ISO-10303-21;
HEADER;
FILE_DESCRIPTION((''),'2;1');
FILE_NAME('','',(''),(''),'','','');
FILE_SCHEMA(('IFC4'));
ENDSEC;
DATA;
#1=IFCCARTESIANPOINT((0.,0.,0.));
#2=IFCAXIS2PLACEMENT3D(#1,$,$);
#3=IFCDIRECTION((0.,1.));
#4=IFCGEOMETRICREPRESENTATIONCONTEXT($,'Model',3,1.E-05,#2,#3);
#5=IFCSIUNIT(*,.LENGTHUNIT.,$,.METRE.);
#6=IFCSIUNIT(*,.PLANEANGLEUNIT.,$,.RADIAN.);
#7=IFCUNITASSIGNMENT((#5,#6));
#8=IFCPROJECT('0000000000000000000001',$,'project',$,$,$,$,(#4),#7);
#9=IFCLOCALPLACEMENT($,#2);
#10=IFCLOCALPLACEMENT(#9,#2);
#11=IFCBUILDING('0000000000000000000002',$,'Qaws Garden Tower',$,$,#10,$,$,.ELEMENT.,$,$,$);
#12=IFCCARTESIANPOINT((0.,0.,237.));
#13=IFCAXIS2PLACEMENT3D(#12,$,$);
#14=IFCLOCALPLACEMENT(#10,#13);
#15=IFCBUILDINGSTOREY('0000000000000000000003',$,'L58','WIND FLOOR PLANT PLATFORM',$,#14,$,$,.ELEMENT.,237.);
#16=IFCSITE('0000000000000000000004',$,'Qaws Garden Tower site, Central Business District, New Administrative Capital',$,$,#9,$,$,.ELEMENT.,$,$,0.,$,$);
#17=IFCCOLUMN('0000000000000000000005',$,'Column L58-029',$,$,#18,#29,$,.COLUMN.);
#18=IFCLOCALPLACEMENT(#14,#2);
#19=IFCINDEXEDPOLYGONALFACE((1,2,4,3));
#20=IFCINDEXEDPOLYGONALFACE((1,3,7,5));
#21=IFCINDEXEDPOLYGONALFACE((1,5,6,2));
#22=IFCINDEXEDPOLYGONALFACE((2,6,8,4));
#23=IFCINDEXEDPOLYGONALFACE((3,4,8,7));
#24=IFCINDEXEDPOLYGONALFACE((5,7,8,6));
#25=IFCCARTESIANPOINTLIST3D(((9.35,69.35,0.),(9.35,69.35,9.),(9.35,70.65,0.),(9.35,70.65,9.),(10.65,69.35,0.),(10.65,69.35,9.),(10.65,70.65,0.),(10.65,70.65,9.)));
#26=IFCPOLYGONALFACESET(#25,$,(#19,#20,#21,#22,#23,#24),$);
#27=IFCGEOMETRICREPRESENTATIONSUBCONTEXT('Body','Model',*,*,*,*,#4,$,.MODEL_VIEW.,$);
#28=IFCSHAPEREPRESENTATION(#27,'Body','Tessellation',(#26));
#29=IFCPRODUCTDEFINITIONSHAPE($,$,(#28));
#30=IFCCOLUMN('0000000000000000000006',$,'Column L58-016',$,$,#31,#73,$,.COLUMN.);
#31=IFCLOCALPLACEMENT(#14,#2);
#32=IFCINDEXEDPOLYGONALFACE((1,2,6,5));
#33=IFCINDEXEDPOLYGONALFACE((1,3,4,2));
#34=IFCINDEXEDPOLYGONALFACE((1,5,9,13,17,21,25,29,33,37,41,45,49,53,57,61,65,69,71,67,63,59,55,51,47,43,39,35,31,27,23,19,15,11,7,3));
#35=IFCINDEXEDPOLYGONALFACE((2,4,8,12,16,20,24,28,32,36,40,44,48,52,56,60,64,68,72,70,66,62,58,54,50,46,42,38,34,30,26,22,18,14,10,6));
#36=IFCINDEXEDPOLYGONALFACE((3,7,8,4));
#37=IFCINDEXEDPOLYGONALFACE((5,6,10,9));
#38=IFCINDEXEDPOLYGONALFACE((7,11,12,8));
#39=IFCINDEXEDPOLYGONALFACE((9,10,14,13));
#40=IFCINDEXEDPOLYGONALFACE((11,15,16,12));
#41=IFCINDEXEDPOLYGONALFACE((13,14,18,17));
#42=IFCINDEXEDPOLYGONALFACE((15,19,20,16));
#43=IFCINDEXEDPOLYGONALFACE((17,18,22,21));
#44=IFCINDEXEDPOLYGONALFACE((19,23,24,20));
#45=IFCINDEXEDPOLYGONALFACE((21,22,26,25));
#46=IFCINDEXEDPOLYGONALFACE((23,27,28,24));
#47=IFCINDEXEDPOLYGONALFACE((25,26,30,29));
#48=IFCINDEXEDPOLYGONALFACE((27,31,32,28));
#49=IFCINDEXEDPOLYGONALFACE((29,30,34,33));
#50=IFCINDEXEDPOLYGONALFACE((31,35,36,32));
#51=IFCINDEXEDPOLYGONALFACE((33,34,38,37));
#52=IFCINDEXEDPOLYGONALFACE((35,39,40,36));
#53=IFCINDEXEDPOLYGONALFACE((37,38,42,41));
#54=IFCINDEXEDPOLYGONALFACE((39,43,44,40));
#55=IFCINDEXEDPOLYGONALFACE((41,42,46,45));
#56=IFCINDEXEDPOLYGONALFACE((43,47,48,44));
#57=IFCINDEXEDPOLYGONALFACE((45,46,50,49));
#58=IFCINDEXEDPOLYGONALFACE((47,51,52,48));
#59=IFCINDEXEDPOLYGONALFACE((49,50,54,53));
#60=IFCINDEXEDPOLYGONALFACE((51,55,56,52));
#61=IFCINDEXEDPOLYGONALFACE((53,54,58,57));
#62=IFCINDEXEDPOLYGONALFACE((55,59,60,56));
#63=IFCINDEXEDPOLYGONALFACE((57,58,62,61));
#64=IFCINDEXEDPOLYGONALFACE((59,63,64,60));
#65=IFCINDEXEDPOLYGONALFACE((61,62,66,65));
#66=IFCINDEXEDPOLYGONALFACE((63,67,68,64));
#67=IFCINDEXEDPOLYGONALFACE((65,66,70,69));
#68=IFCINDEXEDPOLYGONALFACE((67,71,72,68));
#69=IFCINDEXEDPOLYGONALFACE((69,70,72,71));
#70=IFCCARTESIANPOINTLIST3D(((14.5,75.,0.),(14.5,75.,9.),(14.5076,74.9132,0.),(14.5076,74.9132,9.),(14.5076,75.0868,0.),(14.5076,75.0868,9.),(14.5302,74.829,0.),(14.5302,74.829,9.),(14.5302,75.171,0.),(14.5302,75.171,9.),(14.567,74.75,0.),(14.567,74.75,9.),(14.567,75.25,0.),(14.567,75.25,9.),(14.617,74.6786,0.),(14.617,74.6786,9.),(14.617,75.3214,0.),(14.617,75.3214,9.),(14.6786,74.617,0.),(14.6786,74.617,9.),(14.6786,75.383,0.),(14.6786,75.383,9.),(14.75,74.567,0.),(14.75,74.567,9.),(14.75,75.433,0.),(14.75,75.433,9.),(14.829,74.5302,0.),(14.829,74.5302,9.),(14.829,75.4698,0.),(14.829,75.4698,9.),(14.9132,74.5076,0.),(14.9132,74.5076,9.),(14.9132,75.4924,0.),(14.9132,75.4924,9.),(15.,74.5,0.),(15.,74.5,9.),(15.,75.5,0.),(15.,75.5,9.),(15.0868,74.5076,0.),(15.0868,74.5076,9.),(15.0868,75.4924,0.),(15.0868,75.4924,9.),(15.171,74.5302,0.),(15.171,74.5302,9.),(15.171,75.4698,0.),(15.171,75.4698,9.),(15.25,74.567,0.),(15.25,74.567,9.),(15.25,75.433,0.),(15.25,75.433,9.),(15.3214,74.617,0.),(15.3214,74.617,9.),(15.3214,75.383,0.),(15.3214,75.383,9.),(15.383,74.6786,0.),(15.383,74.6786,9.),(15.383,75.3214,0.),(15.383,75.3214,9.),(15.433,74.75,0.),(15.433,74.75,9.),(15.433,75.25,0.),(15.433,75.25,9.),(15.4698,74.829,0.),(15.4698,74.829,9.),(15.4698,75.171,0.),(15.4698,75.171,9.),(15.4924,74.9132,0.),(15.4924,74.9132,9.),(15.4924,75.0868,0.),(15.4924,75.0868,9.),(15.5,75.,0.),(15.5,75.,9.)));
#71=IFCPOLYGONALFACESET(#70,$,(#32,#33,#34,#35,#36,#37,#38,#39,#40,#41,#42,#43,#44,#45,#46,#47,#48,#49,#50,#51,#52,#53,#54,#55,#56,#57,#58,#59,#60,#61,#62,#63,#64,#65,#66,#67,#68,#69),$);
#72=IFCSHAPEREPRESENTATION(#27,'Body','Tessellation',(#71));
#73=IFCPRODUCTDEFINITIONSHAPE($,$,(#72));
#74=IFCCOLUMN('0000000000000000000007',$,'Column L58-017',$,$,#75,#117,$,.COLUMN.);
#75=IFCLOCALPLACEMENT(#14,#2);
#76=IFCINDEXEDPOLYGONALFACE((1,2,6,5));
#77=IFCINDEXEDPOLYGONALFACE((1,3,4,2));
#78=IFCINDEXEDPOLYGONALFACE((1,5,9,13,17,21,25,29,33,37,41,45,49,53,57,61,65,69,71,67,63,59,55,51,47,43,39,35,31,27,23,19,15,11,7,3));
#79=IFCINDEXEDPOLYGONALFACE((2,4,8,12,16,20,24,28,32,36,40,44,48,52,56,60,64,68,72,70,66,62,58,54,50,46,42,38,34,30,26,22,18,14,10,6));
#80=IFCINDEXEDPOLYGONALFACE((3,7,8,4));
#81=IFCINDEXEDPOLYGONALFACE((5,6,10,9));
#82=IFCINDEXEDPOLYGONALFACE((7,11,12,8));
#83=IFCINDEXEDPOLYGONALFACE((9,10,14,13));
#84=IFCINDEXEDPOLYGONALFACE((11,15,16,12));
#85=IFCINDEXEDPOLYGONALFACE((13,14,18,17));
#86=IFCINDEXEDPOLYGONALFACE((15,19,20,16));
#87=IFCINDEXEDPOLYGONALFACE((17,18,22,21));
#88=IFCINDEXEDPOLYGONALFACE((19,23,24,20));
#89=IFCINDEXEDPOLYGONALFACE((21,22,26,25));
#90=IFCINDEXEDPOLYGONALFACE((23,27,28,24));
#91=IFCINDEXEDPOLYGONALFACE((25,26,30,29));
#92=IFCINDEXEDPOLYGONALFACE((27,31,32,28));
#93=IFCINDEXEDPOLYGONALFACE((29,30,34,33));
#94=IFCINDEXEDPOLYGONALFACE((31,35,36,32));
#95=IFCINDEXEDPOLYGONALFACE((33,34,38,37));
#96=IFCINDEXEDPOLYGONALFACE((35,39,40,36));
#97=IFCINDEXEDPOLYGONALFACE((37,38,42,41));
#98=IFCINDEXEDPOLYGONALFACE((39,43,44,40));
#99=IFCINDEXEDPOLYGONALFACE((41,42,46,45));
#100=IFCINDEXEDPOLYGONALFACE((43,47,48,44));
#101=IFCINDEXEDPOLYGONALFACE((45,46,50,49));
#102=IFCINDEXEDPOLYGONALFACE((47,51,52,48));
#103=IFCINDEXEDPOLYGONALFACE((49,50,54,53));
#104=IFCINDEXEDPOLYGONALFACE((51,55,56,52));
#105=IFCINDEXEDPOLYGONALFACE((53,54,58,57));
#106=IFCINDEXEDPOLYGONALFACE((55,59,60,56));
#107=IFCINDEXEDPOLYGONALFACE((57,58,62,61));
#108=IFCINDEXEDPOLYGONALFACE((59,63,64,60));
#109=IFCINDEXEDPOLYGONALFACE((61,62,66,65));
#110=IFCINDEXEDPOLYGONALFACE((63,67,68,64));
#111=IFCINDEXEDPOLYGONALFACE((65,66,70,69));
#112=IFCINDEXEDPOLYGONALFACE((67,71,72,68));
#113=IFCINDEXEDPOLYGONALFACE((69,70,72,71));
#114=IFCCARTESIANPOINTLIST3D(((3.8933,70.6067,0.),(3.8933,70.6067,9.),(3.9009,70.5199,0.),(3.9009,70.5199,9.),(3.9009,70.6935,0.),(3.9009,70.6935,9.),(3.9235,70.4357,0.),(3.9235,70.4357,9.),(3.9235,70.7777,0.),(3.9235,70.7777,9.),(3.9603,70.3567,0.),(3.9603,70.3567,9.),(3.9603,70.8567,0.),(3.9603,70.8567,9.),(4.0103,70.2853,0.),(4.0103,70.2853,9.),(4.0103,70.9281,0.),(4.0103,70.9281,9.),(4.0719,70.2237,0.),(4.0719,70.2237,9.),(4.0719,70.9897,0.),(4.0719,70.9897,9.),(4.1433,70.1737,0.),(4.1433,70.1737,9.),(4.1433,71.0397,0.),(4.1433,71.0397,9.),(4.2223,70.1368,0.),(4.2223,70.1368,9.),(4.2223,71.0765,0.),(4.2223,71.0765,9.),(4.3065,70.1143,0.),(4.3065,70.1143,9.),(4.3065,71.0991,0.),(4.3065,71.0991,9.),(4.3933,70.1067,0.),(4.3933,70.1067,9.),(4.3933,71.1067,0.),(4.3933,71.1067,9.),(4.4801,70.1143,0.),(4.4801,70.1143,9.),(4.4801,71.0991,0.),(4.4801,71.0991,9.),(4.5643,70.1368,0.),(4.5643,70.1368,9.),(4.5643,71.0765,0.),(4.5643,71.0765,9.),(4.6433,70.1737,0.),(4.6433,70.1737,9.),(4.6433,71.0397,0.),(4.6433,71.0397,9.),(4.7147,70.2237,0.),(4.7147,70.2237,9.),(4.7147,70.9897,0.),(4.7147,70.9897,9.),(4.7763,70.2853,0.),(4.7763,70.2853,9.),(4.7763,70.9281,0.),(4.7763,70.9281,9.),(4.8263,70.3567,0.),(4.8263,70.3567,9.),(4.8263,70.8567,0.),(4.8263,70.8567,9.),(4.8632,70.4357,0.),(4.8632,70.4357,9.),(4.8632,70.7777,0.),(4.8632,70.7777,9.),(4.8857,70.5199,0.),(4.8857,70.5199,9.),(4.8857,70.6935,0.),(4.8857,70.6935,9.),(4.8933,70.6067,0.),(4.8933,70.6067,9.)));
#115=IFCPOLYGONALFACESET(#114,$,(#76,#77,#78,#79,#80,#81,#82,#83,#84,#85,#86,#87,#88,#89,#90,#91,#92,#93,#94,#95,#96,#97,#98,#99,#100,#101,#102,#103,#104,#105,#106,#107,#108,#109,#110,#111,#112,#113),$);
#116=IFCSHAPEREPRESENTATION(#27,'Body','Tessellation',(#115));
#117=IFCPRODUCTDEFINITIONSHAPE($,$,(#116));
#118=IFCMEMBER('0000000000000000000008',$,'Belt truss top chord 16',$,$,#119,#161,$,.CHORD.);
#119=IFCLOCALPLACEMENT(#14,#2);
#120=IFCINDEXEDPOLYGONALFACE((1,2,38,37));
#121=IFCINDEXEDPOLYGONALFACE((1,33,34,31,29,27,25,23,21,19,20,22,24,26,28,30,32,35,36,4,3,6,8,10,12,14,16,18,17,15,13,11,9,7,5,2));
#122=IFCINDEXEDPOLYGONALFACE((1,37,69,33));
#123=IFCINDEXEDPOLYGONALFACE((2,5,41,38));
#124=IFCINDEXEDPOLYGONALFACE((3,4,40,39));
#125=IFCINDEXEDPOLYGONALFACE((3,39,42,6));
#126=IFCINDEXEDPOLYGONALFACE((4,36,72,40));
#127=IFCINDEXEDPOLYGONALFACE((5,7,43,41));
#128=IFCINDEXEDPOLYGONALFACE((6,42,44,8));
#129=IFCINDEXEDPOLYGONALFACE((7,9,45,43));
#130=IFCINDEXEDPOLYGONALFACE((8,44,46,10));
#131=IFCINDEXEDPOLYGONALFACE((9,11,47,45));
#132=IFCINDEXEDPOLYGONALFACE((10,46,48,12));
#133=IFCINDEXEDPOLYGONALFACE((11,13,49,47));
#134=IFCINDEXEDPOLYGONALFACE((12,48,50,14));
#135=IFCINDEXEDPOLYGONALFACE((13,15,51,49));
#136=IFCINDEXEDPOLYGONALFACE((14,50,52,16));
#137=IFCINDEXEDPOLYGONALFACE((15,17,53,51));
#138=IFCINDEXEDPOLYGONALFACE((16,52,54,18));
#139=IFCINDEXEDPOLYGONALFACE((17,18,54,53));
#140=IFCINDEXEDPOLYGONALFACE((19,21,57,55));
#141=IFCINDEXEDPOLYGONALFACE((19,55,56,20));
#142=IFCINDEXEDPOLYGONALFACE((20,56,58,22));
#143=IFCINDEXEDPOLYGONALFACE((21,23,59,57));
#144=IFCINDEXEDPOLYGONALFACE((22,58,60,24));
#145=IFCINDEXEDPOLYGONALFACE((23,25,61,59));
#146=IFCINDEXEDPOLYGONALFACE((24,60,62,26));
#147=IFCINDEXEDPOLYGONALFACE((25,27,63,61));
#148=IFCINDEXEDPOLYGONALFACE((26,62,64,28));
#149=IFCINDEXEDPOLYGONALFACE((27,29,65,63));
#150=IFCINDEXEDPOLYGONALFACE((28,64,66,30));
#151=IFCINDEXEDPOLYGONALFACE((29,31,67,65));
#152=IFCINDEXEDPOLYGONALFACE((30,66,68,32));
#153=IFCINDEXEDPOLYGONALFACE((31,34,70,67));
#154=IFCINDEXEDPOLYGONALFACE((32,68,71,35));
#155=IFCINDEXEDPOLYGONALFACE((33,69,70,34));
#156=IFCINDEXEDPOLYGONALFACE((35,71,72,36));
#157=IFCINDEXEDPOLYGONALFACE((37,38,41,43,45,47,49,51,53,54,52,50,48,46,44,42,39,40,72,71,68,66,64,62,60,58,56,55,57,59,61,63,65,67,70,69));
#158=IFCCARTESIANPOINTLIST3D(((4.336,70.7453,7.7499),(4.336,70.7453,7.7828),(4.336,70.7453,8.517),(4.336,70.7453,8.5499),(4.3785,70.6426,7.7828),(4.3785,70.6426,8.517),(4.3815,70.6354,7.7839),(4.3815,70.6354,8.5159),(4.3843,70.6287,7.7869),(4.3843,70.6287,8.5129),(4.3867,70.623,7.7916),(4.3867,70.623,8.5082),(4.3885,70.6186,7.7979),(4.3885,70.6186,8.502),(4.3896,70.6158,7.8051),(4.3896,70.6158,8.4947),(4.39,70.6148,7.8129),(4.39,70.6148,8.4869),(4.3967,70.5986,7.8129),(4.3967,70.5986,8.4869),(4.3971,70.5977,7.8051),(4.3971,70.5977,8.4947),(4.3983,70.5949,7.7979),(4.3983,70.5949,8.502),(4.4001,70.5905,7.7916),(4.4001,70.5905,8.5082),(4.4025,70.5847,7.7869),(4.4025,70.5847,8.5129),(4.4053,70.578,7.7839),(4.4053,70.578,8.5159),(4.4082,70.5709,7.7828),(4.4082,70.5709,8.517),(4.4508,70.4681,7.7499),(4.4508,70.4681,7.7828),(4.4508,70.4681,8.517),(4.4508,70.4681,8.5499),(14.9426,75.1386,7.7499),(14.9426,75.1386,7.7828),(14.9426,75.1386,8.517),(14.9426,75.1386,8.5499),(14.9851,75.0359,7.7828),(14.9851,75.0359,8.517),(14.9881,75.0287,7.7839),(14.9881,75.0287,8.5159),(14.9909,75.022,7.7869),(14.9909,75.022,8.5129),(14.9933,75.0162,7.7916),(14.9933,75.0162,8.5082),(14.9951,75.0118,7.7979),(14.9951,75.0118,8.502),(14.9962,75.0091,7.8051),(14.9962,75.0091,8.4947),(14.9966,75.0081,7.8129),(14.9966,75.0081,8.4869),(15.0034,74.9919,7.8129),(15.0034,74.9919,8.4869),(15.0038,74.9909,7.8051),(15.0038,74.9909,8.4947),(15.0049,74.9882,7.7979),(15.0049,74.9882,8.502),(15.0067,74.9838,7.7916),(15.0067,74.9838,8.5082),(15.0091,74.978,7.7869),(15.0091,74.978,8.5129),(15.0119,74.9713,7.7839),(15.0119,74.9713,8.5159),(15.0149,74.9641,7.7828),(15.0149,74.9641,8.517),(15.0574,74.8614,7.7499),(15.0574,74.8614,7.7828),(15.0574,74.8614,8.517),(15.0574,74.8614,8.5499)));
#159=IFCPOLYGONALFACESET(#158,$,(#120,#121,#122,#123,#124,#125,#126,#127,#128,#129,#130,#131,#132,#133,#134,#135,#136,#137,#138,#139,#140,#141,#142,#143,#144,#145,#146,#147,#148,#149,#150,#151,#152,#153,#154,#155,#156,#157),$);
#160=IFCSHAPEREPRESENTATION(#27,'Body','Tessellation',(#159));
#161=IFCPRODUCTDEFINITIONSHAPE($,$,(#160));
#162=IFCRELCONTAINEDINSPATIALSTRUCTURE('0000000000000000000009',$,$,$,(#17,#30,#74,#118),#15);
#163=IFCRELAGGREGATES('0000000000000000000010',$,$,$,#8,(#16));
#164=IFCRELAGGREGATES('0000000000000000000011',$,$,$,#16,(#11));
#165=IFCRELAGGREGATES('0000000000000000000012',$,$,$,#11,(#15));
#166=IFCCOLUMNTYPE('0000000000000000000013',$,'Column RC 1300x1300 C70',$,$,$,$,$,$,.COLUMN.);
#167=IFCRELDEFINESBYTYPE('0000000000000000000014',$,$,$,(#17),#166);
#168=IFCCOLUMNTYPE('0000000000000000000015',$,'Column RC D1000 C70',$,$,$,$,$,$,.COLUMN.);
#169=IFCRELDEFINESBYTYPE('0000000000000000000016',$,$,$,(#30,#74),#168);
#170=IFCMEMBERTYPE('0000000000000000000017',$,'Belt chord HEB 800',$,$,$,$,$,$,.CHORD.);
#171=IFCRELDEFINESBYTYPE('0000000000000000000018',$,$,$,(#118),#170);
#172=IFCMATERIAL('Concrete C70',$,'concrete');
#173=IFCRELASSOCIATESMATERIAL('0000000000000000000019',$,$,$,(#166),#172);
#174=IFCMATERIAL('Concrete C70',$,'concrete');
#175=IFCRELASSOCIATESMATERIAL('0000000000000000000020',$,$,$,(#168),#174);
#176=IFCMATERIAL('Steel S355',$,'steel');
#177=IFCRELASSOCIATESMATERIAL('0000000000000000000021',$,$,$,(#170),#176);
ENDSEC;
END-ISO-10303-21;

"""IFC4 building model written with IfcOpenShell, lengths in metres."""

from ifc_helpers import new_model, si_unit, direction, frame, origin, origin_2d, place, context, subcontext, project, spatial, rectangle, circle, i_section, extrude, material, material_profile, profile_set, type_object, element, save


model = new_model("IFC4")

# Units and contexts
model_context = context("Model", 3, precision=1e-05, world=origin(), true_north=direction((0.0, 1.0)))
body_context = subcontext(model_context, "Body", "Model", "MODEL_VIEW")
ifc_project = project(units=[si_unit("LENGTHUNIT", "METRE"), si_unit("PLANEANGLEUNIT", "RADIAN")], contexts=[model_context])

# Site, building, storey
site_placement = place(None, origin())
site = spatial("IfcSite", under=ifc_project, at=site_placement, Name="Qaws Garden Tower site, Central Business District, New Administrative Capital", CompositionType="ELEMENT", RefElevation=0.0)
building_placement = place(site_placement, origin())
building = spatial("IfcBuilding", under=site, at=building_placement, Name="Qaws Garden Tower", CompositionType="ELEMENT")
storey_placement = place(building_placement, frame((0.0, 0.0, 237.0)))
storey = spatial("IfcBuildingStorey", under=building, at=storey_placement, Name="L58", Description="WIND FLOOR PLANT PLATFORM", CompositionType="ELEMENT", Elevation=237.0)

# Columns
ifc_material_1 = material(Name="Concrete C70", Category="concrete")
ifc_material_profile_1 = material_profile(ifc_material_1, rectangle(XDim=1.3, YDim=1.3, at=origin_2d()), Name="RC 1300x1300")
ifc_profile_set_1 = profile_set([ifc_material_profile_1], Name="Concrete C70")
column_type_1 = type_object("IfcColumnType", Name="Column RC 1300x1300 C70", PredefinedType="COLUMN", material=ifc_profile_set_1)
column_placement = place(storey_placement, frame((10.0, 70.0, 0.0), z_axis=(0.0, 0.0, 1.0), x_axis=(1.0, 0.0, 0.0)))
element("IfcColumn", 1, at=column_placement, inside=storey, type_object=column_type_1, Name="Column L58-029", PredefinedType="COLUMN", context=body_context, shape_type="SweptSolid", body=[
    extrude(rectangle(XDim=1.3, YDim=1.3, at=origin_2d()), origin(), (0.0, 0.0, 1.0), 9.0),
])
ifc_material_2 = material(Name="Concrete C70", Category="concrete")
ifc_material_profile_2 = material_profile(ifc_material_2, circle(Radius=0.5, at=origin_2d()), Name="RC D1000")
ifc_profile_set_2 = profile_set([ifc_material_profile_2], Name="Concrete C70")
column_type_2 = type_object("IfcColumnType", Name="Column RC D1000 C70", PredefinedType="COLUMN", material=ifc_profile_set_2)
for number, where, z_axis, x_axis, name in (
    (2, (15.0, 75.0, 0.0), (0.0, 0.0, 1.0), (1.0, 0.0, 0.0), "Column L58-016"),
    (3, (4.3933, 70.6067, 0.0), (0.0, 0.0, 1.0), (1.0, 0.0, 0.0), "Column L58-017"),
):
    element("IfcColumn", number, at=place(storey_placement, frame(where, z_axis=z_axis, x_axis=x_axis)), inside=storey, type_object=column_type_2, Name=name, PredefinedType="COLUMN", context=body_context, shape_type="SweptSolid", body=[
        extrude(circle(Radius=0.5, at=origin_2d()), origin(), (0.0, 0.0, 1.0), 9.0),
    ])

# Member
ifc_material_3 = material(Name="Steel S355", Category="steel")
ifc_material_profile_3 = material_profile(ifc_material_3, i_section(OverallWidth=0.3, OverallDepth=0.8, WebThickness=0.0176, FlangeThickness=0.033, FilletRadius=0.03, at=origin_2d()), Name="HEB 800")
ifc_profile_set_3 = profile_set([ifc_material_profile_3], Name="Steel S355")
member_type_1 = type_object("IfcMemberType", Name="Belt chord HEB 800", PredefinedType="CHORD", material=ifc_profile_set_3)
for number, where, z_axis, x_axis, name in (
    (4, (15.0, 75.0, 8.1499), (-0.923883, -0.382674, 0.0), (0.382674, -0.923883, 0.0), "Belt truss top chord 16"),
):
    element("IfcMember", number, at=place(storey_placement, frame(where, z_axis=z_axis, x_axis=x_axis)), inside=storey, type_object=member_type_1, Name=name, PredefinedType="CHORD", context=body_context, shape_type="SweptSolid", body=[
        extrude(i_section(OverallWidth=0.3, OverallDepth=0.8, WebThickness=0.0176, FlangeThickness=0.033, FilletRadius=0.03, at=origin_2d()), origin(), (0.0, 0.0, 1.0), 11.4805),
    ])

save(model, "model.ifc")
